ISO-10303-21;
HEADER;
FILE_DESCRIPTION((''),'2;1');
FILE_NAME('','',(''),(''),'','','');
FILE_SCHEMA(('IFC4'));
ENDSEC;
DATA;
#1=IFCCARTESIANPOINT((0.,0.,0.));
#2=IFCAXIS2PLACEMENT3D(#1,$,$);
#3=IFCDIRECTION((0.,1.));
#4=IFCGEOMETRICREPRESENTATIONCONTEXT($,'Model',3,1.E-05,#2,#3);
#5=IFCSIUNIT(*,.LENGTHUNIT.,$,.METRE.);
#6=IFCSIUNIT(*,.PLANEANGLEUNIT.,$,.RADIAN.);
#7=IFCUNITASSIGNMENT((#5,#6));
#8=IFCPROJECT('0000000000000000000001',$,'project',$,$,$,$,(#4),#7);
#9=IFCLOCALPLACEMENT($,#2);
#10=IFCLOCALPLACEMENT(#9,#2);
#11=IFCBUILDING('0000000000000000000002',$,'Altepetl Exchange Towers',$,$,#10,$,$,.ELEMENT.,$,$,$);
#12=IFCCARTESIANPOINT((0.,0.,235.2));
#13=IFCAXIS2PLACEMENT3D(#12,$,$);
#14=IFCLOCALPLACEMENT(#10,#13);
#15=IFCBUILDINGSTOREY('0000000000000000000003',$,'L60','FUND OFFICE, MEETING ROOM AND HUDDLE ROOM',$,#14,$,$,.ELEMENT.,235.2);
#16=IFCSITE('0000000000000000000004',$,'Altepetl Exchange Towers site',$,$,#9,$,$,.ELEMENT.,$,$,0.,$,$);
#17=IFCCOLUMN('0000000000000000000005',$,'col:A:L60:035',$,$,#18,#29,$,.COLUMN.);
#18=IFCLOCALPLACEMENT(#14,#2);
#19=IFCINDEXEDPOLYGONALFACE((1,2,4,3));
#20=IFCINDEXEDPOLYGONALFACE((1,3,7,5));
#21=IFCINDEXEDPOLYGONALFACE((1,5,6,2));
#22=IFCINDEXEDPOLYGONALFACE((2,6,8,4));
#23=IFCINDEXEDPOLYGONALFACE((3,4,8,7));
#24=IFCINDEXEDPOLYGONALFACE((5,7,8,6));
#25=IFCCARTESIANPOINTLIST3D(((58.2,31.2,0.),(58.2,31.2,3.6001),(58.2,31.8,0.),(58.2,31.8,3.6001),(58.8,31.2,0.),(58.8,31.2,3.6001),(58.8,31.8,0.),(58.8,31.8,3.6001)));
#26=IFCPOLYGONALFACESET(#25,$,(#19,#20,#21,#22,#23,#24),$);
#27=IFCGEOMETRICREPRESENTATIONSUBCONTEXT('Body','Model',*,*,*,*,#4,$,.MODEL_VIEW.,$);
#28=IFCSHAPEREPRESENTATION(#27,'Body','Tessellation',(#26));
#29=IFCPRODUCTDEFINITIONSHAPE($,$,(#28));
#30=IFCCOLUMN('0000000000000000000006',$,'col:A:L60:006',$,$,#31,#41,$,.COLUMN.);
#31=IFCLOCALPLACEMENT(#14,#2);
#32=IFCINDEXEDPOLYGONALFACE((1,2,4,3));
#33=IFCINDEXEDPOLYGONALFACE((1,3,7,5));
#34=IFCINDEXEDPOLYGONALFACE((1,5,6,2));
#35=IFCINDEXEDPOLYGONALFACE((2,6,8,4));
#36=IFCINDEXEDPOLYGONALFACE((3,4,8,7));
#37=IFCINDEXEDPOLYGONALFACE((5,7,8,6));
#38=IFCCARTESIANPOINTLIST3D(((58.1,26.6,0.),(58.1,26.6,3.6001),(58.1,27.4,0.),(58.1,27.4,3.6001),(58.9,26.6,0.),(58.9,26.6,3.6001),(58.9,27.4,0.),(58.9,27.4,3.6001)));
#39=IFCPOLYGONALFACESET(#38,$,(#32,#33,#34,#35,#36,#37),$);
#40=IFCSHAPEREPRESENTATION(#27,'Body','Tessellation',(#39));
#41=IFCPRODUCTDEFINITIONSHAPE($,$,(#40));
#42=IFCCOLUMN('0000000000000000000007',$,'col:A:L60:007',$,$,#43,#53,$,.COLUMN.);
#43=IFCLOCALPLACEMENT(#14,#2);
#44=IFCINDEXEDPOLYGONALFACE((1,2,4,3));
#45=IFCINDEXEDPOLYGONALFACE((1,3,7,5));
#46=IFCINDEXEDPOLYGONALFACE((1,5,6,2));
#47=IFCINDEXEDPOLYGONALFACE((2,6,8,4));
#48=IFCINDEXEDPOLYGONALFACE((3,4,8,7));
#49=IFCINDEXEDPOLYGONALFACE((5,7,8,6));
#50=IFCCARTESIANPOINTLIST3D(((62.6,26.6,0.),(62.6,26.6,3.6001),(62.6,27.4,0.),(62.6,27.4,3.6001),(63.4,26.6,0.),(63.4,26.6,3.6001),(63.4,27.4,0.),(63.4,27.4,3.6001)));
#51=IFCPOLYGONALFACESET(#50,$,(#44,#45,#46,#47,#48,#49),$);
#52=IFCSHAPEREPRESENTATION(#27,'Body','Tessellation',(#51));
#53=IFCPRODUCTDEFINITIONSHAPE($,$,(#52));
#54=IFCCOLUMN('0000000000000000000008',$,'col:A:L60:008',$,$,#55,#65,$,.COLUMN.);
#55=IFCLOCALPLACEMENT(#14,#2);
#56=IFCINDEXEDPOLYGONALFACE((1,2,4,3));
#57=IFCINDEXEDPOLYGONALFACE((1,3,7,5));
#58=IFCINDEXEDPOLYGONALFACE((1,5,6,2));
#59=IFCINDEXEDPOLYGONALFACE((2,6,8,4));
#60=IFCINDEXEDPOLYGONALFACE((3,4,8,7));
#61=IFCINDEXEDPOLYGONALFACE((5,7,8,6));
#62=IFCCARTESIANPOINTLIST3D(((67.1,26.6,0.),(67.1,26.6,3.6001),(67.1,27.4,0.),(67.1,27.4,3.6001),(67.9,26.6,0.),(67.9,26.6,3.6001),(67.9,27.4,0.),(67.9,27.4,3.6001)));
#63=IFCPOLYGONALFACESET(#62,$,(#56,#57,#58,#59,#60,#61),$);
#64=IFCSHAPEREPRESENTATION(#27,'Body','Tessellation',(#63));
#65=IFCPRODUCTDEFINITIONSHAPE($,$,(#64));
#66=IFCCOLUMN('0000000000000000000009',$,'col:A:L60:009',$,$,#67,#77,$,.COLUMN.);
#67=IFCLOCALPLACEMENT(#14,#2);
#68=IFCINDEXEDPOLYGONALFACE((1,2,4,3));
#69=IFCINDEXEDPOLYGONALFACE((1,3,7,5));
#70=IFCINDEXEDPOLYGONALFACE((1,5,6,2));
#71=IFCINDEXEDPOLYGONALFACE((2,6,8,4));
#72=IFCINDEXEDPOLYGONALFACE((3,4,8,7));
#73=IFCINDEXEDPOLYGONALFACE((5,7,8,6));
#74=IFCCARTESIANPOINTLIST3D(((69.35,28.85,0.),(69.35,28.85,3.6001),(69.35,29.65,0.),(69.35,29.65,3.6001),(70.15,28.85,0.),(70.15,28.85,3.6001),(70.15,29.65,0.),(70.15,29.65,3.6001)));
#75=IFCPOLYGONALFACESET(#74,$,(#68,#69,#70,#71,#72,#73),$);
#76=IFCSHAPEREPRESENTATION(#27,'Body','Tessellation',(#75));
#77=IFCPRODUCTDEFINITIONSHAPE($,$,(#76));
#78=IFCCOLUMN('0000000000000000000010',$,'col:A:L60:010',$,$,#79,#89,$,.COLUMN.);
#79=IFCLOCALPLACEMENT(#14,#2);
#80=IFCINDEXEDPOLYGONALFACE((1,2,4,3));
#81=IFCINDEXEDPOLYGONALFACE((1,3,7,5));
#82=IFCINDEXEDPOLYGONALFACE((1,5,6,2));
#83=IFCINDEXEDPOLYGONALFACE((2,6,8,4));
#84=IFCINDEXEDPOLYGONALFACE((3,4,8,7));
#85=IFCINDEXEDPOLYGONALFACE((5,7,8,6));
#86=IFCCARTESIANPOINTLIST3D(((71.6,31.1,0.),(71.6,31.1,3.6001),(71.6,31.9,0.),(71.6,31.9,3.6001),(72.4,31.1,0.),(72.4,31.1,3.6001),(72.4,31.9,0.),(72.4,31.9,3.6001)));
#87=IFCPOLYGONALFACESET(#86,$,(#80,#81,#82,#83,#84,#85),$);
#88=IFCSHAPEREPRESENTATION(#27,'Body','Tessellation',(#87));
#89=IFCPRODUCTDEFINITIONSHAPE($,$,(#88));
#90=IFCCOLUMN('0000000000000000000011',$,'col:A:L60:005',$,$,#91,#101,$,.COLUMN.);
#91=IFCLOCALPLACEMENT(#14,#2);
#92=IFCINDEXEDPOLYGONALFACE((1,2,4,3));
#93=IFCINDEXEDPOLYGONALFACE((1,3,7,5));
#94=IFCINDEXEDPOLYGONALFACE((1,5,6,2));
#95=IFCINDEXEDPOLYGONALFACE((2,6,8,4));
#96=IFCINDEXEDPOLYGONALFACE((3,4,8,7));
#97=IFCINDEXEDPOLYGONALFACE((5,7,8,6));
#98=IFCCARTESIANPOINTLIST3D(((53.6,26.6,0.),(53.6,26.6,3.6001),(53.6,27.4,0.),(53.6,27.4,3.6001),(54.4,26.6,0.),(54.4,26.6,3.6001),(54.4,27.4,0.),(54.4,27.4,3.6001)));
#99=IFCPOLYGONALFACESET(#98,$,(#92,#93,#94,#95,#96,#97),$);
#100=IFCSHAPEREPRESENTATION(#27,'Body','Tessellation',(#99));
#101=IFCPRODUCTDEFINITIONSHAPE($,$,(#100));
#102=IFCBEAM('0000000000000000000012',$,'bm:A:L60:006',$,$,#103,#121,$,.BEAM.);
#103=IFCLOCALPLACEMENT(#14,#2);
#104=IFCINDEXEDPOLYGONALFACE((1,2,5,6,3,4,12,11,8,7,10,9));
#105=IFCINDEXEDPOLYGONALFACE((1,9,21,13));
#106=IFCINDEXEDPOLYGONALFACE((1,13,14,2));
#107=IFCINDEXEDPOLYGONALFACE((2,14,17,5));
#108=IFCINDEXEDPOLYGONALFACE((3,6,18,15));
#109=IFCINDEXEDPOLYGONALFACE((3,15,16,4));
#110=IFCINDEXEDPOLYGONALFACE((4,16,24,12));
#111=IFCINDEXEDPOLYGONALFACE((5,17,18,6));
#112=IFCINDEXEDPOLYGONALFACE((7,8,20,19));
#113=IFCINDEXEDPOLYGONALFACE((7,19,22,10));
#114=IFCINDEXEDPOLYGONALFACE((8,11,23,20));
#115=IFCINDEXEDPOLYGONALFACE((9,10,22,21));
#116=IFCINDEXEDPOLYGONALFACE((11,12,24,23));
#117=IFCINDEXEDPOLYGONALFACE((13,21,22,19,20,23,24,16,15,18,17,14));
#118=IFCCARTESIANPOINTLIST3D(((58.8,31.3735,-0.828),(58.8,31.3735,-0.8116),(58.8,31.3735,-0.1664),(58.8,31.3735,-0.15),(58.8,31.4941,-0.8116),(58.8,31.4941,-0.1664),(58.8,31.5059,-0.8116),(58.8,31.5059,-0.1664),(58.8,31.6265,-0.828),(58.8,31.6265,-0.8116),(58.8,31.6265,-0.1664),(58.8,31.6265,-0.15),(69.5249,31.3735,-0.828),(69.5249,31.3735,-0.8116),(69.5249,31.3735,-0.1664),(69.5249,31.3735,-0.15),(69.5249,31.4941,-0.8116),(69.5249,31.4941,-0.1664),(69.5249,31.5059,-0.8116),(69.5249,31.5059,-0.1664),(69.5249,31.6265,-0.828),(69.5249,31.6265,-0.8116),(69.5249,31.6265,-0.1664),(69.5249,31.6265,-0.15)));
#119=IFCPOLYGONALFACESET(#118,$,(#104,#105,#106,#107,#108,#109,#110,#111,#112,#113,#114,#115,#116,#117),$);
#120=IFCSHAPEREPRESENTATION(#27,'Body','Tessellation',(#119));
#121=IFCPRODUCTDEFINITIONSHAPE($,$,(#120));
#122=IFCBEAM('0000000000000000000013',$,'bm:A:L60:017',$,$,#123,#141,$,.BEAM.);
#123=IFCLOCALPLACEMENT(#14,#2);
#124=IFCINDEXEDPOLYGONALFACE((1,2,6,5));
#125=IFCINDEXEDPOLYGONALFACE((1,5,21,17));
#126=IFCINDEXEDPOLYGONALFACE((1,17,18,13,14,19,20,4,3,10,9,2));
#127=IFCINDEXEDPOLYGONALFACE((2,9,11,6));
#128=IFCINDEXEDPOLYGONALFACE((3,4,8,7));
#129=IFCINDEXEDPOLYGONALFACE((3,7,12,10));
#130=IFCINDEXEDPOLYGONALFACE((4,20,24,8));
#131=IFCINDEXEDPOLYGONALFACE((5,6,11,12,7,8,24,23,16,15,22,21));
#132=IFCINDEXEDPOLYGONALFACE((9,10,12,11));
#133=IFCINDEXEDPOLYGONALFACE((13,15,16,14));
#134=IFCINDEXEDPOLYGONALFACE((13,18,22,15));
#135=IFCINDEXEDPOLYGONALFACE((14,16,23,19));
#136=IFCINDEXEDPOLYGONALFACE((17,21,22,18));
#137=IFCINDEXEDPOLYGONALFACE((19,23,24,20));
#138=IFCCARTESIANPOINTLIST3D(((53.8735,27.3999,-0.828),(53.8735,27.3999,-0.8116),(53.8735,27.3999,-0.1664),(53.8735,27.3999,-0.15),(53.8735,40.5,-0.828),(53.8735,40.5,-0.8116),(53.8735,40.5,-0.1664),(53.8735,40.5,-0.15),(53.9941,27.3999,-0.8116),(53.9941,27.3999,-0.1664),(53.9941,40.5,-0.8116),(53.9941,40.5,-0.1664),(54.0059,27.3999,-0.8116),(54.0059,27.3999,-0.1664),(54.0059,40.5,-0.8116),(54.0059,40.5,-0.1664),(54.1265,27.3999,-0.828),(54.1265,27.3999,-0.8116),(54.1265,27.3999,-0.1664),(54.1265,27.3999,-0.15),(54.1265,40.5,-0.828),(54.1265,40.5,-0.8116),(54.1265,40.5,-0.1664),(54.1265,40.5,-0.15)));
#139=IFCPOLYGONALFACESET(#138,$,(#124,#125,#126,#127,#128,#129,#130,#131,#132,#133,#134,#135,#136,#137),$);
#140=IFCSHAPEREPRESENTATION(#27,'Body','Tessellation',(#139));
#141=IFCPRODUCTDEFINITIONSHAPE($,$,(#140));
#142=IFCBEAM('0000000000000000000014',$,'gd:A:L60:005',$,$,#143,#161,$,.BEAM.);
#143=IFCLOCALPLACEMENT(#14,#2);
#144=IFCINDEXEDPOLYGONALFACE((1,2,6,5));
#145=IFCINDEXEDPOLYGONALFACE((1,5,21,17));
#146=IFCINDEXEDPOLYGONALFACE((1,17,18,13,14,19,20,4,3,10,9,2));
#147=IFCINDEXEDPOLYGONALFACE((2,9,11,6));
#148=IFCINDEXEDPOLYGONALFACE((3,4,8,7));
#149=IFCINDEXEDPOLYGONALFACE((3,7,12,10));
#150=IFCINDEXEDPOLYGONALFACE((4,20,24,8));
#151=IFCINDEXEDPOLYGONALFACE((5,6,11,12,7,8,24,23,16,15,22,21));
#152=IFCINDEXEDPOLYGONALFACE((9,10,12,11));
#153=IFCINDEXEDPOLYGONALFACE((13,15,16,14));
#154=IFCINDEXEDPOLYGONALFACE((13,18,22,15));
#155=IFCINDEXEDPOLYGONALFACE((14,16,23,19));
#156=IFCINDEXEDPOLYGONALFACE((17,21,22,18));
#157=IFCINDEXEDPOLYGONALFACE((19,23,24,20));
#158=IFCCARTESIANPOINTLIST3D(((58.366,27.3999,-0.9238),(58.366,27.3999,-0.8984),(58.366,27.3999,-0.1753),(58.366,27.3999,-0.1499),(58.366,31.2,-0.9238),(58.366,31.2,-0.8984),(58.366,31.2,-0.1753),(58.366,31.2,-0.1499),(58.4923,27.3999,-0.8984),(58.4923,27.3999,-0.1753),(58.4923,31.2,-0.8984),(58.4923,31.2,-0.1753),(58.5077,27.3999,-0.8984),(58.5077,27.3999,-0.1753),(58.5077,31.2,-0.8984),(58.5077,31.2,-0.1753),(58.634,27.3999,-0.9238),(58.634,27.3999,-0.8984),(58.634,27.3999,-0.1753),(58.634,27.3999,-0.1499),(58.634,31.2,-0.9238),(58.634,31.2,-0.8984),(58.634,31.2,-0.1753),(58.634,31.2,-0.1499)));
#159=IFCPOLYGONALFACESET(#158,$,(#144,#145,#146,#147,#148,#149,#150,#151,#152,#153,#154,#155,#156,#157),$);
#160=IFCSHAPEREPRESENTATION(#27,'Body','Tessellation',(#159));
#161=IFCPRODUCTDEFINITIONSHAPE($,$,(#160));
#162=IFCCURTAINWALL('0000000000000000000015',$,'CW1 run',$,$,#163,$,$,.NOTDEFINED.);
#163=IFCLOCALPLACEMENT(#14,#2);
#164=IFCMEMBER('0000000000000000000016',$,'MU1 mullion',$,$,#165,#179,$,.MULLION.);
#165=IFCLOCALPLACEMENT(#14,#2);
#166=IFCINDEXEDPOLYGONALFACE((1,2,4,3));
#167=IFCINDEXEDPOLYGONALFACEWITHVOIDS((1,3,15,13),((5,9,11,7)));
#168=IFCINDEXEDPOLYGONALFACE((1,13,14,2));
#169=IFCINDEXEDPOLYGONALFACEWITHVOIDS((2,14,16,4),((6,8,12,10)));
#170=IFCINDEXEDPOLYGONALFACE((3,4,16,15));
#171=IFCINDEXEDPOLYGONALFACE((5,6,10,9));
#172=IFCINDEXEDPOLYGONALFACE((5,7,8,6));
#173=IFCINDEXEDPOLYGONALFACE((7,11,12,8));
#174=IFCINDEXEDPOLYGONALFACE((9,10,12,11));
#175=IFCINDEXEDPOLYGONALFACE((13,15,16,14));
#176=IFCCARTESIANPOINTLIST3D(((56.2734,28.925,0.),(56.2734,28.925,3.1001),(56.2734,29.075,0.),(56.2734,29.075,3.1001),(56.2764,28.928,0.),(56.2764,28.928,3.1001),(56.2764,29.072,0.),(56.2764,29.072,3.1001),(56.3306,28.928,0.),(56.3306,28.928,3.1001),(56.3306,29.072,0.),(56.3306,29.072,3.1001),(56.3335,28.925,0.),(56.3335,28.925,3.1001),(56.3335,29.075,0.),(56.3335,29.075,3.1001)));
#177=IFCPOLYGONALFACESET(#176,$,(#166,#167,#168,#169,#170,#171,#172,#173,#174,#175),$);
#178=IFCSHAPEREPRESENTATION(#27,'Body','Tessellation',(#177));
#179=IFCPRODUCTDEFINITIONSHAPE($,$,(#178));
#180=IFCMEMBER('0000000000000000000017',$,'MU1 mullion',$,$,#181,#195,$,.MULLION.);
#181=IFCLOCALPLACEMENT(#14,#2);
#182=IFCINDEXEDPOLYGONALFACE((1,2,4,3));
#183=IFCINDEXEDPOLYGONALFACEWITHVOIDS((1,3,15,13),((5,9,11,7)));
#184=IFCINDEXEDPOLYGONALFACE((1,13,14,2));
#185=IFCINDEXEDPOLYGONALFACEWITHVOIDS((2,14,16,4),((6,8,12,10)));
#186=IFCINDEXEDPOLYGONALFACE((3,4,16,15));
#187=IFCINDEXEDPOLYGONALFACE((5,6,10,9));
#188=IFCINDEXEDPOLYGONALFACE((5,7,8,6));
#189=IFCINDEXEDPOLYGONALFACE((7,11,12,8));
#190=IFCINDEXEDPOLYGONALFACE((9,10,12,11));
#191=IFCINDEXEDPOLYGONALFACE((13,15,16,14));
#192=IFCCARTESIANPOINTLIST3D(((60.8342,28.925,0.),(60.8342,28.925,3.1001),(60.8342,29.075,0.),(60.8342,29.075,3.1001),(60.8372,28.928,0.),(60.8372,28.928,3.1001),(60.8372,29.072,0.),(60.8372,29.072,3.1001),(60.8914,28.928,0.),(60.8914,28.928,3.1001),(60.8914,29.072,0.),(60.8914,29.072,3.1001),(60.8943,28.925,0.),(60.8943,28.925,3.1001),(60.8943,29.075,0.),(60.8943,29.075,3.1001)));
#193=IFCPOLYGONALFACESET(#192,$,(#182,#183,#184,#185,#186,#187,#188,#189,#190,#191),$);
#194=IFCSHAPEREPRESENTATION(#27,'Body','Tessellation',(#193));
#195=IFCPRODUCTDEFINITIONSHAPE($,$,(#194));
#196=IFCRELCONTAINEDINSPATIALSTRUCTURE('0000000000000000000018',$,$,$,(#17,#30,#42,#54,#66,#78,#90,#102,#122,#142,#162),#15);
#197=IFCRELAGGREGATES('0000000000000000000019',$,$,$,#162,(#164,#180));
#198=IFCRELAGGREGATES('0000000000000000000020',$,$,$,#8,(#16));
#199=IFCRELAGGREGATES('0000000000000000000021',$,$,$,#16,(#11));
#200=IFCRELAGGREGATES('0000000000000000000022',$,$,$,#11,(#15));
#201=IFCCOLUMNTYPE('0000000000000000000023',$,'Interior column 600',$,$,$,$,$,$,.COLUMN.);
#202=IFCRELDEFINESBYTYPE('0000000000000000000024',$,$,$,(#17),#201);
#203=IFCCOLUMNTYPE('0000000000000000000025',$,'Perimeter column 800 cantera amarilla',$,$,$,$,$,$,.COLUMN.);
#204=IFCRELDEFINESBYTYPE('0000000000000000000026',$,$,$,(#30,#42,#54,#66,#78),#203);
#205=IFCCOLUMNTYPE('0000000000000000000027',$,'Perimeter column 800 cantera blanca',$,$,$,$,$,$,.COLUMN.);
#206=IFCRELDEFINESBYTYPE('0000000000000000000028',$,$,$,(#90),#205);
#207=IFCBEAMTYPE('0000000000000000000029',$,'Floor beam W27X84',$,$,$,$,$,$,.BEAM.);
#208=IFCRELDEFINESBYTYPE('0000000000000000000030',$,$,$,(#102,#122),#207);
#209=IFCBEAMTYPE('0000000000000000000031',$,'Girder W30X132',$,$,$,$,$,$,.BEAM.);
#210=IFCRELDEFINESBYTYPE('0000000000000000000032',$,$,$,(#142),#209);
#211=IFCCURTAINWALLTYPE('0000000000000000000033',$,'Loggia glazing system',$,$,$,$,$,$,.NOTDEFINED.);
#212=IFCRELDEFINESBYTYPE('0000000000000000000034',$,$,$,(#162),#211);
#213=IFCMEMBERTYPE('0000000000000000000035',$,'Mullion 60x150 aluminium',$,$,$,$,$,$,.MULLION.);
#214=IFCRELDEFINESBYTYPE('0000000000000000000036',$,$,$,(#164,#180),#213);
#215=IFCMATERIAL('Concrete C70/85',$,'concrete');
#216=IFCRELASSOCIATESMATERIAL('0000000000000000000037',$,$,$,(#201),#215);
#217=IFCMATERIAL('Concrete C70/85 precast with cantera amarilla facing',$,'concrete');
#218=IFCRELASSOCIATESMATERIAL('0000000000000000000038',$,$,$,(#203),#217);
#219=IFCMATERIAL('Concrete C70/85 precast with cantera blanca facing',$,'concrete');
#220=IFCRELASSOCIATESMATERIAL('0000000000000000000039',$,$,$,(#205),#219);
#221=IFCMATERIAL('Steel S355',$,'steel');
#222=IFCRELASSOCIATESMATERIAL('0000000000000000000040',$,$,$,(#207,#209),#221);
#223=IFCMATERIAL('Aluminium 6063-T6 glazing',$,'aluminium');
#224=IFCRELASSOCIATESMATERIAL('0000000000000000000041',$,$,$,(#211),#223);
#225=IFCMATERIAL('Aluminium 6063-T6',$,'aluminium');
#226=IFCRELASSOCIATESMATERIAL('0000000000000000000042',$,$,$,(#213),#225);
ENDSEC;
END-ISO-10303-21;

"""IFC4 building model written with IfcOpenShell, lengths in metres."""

from ifc_helpers import new_model, si_unit, direction, frame, origin, origin_2d, place, context, subcontext, project, spatial, rectangle, hollow_rectangle, i_section, extrude, material, material_profile, profile_set, type_object, element, aggregate, save


model = new_model("IFC4")

# Units and contexts
model_context = context("Model", 3, precision=1e-05, world=origin(), true_north=direction((0.0, 1.0)))
body_context = subcontext(model_context, "Body", "Model", "MODEL_VIEW")
ifc_project = project(units=[si_unit("LENGTHUNIT", "METRE"), si_unit("PLANEANGLEUNIT", "RADIAN")], contexts=[model_context])

# Site, building, storey
site_placement = place(None, origin())
site = spatial("IfcSite", under=ifc_project, at=site_placement, Name="Altepetl Exchange Towers site", CompositionType="ELEMENT", RefElevation=0.0)
building_placement = place(site_placement, origin())
building = spatial("IfcBuilding", under=site, at=building_placement, Name="Altepetl Exchange Towers", CompositionType="ELEMENT")
storey_placement = place(building_placement, frame((0.0, 0.0, 235.2)))
storey = spatial("IfcBuildingStorey", under=building, at=storey_placement, Name="L60", Description="FUND OFFICE, MEETING ROOM AND HUDDLE ROOM", CompositionType="ELEMENT", Elevation=235.2)

# Columns
ifc_material_1 = material(Name="Concrete C70/85", Category="concrete")
ifc_material_profile_1 = material_profile(ifc_material_1, rectangle(XDim=0.6001, YDim=0.6001, at=origin_2d()), Name="600 x 600")
ifc_profile_set_1 = profile_set([ifc_material_profile_1], Name="Concrete C70/85")
column_type_1 = type_object("IfcColumnType", Name="Interior column 600", PredefinedType="COLUMN", material=ifc_profile_set_1)
column_1_placement = place(storey_placement, frame((58.5, 31.5, 0.0)))
element("IfcColumn", 1, at=column_1_placement, inside=storey, type_object=column_type_1, Name="col:A:L60:035", PredefinedType="COLUMN", context=body_context, shape_type="SweptSolid", body=[
    extrude(rectangle(XDim=0.6001, YDim=0.6001, at=origin_2d()), origin(), (0.0, 0.0, 1.0), 3.6001),
])
ifc_material_2 = material(Name="Concrete C70/85 precast with cantera amarilla facing", Category="concrete")
ifc_material_profile_2 = material_profile(ifc_material_2, rectangle(XDim=0.8, YDim=0.8, at=origin_2d()), Name="800 x 800")
ifc_profile_set_2 = profile_set([ifc_material_profile_2], Name="Concrete C70/85 precast with cantera amarilla facing")
column_type_2 = type_object("IfcColumnType", Name="Perimeter column 800 cantera amarilla", PredefinedType="COLUMN", material=ifc_profile_set_2)
for number, where, name in (
    (2, (58.5, 27.0, 0.0), "col:A:L60:006"),
    (3, (63.0, 27.0, 0.0), "col:A:L60:007"),
    (4, (67.5, 27.0, 0.0), "col:A:L60:008"),
    (5, (69.75, 29.25, 0.0), "col:A:L60:009"),
    (6, (72.0, 31.5, 0.0), "col:A:L60:010"),
):
    element("IfcColumn", number, at=place(storey_placement, frame(where)), inside=storey, type_object=column_type_2, Name=name, PredefinedType="COLUMN", context=body_context, shape_type="SweptSolid", body=[
        extrude(rectangle(XDim=0.8, YDim=0.8, at=origin_2d()), origin(), (0.0, 0.0, 1.0), 3.6001),
    ])
ifc_material_3 = material(Name="Concrete C70/85 precast with cantera blanca facing", Category="concrete")
ifc_material_profile_3 = material_profile(ifc_material_3, rectangle(XDim=0.8, YDim=0.8, at=origin_2d()), Name="800 x 800")
ifc_profile_set_3 = profile_set([ifc_material_profile_3], Name="Concrete C70/85 precast with cantera blanca facing")
column_type_3 = type_object("IfcColumnType", Name="Perimeter column 800 cantera blanca", PredefinedType="COLUMN", material=ifc_profile_set_3)
column_2_placement = place(storey_placement, frame((54.0, 27.0, 0.0)))
element("IfcColumn", 7, at=column_2_placement, inside=storey, type_object=column_type_3, Name="col:A:L60:005", PredefinedType="COLUMN", context=body_context, shape_type="SweptSolid", body=[
    extrude(rectangle(XDim=0.8, YDim=0.8, at=origin_2d()), origin(), (0.0, 0.0, 1.0), 3.6001),
])

# Beams
ifc_material_4 = material(Name="Steel S355", Category="steel")
ifc_material_profile_4 = material_profile(ifc_material_4, i_section(OverallWidth=0.2529, OverallDepth=0.678, WebThickness=0.0117, FlangeThickness=0.0164, at=origin_2d()), Name="W27X84")
ifc_profile_set_4 = profile_set([ifc_material_profile_4], Name="Steel S355")
beam_type_1 = type_object("IfcBeamType", Name="Floor beam W27X84", PredefinedType="BEAM", material=ifc_profile_set_4)
beam_1_placement = place(storey_placement, frame((58.8, 31.5, -0.489), z_axis=(1.0, 0.0, 0.0), x_axis=(0.0, 1.0, 0.0)))
element("IfcBeam", 8, at=beam_1_placement, inside=storey, type_object=beam_type_1, Name="bm:A:L60:006", PredefinedType="BEAM", context=body_context, shape_type="SweptSolid", body=[
    extrude(i_section(OverallWidth=0.2529, OverallDepth=0.678, WebThickness=0.0117, FlangeThickness=0.0164, at=origin_2d()), origin(), (0.0, 0.0, 1.0), 10.7249),
])
beam_2_placement = place(storey_placement, frame((54.0, 27.3999, -0.489), z_axis=(0.0, 1.0, 0.0), x_axis=(-1.0, 0.0, 0.0)))
element("IfcBeam", 9, at=beam_2_placement, inside=storey, type_object=beam_type_1, Name="bm:A:L60:017", PredefinedType="BEAM", context=body_context, shape_type="SweptSolid", body=[
    extrude(i_section(OverallWidth=0.2529, OverallDepth=0.678, WebThickness=0.0117, FlangeThickness=0.0164, at=origin_2d()), origin(), (0.0, 0.0, 1.0), 13.1001),
])
ifc_material_profile_5 = material_profile(ifc_material_4, i_section(OverallWidth=0.2681, OverallDepth=0.7739, WebThickness=0.0154, FlangeThickness=0.0254, at=origin_2d()), Name="W30X132")
ifc_profile_set_5 = profile_set([ifc_material_profile_5], Name="Steel S355")
beam_type_2 = type_object("IfcBeamType", Name="Girder W30X132", PredefinedType="BEAM", material=ifc_profile_set_5)
beam_3_placement = place(storey_placement, frame((58.5, 31.2, -0.5369), z_axis=(0.0, -1.0, 0.0), x_axis=(1.0, 0.0, 0.0)))
element("IfcBeam", 10, at=beam_3_placement, inside=storey, type_object=beam_type_2, Name="gd:A:L60:005", PredefinedType="BEAM", context=body_context, shape_type="SweptSolid", body=[
    extrude(i_section(OverallWidth=0.2681, OverallDepth=0.7739, WebThickness=0.0154, FlangeThickness=0.0254, at=origin_2d()), origin(), (0.0, 0.0, 1.0), 3.8),
])

# Curtain wall, members
ifc_material_5 = material(Name="Aluminium 6063-T6 glazing", Category="aluminium")
curtain_wall_type = type_object("IfcCurtainWallType", Name="Loggia glazing system", PredefinedType="NOTDEFINED", material=ifc_material_5)
curtain_wall_1_placement = place(storey_placement, origin())
curtain_wall_1 = element("IfcCurtainWall", 11, at=curtain_wall_1_placement, inside=storey, type_object=curtain_wall_type, Name="CW1 run", PredefinedType="NOTDEFINED")
ifc_material_6 = material(Name="Aluminium 6063-T6", Category="aluminium")
ifc_material_profile_6 = material_profile(ifc_material_6, hollow_rectangle(XDim=0.0601, YDim=0.1499, WallThickness=0.0029, at=origin_2d()), Name="Mullion 60x150 aluminium")
ifc_profile_set_6 = profile_set([ifc_material_profile_6], Name="Aluminium 6063-T6")
member_type = type_object("IfcMemberType", Name="Mullion 60x150 aluminium", PredefinedType="MULLION", material=ifc_profile_set_6)
member_1_placement = place(storey_placement, frame((56.3035, 29.0, 0.0)))
member_1 = element("IfcMember", 12, at=member_1_placement, type_object=member_type, Name="MU1 mullion", PredefinedType="MULLION", context=body_context, shape_type="SweptSolid", body=[
    extrude(hollow_rectangle(XDim=0.0601, YDim=0.1499, WallThickness=0.0029, at=origin_2d()), origin(), (0.0, 0.0, 1.0), 3.1001),
])
member_2_placement = place(storey_placement, frame((60.8643, 29.0, 0.0)))
member_2 = element("IfcMember", 13, at=member_2_placement, type_object=member_type, Name="MU1 mullion", PredefinedType="MULLION", context=body_context, shape_type="SweptSolid", body=[
    extrude(hollow_rectangle(XDim=0.0601, YDim=0.1499, WallThickness=0.0029, at=origin_2d()), origin(), (0.0, 0.0, 1.0), 3.1001),
])

aggregate(curtain_wall_1, [member_1, member_2])

save(model, "model.ifc")
